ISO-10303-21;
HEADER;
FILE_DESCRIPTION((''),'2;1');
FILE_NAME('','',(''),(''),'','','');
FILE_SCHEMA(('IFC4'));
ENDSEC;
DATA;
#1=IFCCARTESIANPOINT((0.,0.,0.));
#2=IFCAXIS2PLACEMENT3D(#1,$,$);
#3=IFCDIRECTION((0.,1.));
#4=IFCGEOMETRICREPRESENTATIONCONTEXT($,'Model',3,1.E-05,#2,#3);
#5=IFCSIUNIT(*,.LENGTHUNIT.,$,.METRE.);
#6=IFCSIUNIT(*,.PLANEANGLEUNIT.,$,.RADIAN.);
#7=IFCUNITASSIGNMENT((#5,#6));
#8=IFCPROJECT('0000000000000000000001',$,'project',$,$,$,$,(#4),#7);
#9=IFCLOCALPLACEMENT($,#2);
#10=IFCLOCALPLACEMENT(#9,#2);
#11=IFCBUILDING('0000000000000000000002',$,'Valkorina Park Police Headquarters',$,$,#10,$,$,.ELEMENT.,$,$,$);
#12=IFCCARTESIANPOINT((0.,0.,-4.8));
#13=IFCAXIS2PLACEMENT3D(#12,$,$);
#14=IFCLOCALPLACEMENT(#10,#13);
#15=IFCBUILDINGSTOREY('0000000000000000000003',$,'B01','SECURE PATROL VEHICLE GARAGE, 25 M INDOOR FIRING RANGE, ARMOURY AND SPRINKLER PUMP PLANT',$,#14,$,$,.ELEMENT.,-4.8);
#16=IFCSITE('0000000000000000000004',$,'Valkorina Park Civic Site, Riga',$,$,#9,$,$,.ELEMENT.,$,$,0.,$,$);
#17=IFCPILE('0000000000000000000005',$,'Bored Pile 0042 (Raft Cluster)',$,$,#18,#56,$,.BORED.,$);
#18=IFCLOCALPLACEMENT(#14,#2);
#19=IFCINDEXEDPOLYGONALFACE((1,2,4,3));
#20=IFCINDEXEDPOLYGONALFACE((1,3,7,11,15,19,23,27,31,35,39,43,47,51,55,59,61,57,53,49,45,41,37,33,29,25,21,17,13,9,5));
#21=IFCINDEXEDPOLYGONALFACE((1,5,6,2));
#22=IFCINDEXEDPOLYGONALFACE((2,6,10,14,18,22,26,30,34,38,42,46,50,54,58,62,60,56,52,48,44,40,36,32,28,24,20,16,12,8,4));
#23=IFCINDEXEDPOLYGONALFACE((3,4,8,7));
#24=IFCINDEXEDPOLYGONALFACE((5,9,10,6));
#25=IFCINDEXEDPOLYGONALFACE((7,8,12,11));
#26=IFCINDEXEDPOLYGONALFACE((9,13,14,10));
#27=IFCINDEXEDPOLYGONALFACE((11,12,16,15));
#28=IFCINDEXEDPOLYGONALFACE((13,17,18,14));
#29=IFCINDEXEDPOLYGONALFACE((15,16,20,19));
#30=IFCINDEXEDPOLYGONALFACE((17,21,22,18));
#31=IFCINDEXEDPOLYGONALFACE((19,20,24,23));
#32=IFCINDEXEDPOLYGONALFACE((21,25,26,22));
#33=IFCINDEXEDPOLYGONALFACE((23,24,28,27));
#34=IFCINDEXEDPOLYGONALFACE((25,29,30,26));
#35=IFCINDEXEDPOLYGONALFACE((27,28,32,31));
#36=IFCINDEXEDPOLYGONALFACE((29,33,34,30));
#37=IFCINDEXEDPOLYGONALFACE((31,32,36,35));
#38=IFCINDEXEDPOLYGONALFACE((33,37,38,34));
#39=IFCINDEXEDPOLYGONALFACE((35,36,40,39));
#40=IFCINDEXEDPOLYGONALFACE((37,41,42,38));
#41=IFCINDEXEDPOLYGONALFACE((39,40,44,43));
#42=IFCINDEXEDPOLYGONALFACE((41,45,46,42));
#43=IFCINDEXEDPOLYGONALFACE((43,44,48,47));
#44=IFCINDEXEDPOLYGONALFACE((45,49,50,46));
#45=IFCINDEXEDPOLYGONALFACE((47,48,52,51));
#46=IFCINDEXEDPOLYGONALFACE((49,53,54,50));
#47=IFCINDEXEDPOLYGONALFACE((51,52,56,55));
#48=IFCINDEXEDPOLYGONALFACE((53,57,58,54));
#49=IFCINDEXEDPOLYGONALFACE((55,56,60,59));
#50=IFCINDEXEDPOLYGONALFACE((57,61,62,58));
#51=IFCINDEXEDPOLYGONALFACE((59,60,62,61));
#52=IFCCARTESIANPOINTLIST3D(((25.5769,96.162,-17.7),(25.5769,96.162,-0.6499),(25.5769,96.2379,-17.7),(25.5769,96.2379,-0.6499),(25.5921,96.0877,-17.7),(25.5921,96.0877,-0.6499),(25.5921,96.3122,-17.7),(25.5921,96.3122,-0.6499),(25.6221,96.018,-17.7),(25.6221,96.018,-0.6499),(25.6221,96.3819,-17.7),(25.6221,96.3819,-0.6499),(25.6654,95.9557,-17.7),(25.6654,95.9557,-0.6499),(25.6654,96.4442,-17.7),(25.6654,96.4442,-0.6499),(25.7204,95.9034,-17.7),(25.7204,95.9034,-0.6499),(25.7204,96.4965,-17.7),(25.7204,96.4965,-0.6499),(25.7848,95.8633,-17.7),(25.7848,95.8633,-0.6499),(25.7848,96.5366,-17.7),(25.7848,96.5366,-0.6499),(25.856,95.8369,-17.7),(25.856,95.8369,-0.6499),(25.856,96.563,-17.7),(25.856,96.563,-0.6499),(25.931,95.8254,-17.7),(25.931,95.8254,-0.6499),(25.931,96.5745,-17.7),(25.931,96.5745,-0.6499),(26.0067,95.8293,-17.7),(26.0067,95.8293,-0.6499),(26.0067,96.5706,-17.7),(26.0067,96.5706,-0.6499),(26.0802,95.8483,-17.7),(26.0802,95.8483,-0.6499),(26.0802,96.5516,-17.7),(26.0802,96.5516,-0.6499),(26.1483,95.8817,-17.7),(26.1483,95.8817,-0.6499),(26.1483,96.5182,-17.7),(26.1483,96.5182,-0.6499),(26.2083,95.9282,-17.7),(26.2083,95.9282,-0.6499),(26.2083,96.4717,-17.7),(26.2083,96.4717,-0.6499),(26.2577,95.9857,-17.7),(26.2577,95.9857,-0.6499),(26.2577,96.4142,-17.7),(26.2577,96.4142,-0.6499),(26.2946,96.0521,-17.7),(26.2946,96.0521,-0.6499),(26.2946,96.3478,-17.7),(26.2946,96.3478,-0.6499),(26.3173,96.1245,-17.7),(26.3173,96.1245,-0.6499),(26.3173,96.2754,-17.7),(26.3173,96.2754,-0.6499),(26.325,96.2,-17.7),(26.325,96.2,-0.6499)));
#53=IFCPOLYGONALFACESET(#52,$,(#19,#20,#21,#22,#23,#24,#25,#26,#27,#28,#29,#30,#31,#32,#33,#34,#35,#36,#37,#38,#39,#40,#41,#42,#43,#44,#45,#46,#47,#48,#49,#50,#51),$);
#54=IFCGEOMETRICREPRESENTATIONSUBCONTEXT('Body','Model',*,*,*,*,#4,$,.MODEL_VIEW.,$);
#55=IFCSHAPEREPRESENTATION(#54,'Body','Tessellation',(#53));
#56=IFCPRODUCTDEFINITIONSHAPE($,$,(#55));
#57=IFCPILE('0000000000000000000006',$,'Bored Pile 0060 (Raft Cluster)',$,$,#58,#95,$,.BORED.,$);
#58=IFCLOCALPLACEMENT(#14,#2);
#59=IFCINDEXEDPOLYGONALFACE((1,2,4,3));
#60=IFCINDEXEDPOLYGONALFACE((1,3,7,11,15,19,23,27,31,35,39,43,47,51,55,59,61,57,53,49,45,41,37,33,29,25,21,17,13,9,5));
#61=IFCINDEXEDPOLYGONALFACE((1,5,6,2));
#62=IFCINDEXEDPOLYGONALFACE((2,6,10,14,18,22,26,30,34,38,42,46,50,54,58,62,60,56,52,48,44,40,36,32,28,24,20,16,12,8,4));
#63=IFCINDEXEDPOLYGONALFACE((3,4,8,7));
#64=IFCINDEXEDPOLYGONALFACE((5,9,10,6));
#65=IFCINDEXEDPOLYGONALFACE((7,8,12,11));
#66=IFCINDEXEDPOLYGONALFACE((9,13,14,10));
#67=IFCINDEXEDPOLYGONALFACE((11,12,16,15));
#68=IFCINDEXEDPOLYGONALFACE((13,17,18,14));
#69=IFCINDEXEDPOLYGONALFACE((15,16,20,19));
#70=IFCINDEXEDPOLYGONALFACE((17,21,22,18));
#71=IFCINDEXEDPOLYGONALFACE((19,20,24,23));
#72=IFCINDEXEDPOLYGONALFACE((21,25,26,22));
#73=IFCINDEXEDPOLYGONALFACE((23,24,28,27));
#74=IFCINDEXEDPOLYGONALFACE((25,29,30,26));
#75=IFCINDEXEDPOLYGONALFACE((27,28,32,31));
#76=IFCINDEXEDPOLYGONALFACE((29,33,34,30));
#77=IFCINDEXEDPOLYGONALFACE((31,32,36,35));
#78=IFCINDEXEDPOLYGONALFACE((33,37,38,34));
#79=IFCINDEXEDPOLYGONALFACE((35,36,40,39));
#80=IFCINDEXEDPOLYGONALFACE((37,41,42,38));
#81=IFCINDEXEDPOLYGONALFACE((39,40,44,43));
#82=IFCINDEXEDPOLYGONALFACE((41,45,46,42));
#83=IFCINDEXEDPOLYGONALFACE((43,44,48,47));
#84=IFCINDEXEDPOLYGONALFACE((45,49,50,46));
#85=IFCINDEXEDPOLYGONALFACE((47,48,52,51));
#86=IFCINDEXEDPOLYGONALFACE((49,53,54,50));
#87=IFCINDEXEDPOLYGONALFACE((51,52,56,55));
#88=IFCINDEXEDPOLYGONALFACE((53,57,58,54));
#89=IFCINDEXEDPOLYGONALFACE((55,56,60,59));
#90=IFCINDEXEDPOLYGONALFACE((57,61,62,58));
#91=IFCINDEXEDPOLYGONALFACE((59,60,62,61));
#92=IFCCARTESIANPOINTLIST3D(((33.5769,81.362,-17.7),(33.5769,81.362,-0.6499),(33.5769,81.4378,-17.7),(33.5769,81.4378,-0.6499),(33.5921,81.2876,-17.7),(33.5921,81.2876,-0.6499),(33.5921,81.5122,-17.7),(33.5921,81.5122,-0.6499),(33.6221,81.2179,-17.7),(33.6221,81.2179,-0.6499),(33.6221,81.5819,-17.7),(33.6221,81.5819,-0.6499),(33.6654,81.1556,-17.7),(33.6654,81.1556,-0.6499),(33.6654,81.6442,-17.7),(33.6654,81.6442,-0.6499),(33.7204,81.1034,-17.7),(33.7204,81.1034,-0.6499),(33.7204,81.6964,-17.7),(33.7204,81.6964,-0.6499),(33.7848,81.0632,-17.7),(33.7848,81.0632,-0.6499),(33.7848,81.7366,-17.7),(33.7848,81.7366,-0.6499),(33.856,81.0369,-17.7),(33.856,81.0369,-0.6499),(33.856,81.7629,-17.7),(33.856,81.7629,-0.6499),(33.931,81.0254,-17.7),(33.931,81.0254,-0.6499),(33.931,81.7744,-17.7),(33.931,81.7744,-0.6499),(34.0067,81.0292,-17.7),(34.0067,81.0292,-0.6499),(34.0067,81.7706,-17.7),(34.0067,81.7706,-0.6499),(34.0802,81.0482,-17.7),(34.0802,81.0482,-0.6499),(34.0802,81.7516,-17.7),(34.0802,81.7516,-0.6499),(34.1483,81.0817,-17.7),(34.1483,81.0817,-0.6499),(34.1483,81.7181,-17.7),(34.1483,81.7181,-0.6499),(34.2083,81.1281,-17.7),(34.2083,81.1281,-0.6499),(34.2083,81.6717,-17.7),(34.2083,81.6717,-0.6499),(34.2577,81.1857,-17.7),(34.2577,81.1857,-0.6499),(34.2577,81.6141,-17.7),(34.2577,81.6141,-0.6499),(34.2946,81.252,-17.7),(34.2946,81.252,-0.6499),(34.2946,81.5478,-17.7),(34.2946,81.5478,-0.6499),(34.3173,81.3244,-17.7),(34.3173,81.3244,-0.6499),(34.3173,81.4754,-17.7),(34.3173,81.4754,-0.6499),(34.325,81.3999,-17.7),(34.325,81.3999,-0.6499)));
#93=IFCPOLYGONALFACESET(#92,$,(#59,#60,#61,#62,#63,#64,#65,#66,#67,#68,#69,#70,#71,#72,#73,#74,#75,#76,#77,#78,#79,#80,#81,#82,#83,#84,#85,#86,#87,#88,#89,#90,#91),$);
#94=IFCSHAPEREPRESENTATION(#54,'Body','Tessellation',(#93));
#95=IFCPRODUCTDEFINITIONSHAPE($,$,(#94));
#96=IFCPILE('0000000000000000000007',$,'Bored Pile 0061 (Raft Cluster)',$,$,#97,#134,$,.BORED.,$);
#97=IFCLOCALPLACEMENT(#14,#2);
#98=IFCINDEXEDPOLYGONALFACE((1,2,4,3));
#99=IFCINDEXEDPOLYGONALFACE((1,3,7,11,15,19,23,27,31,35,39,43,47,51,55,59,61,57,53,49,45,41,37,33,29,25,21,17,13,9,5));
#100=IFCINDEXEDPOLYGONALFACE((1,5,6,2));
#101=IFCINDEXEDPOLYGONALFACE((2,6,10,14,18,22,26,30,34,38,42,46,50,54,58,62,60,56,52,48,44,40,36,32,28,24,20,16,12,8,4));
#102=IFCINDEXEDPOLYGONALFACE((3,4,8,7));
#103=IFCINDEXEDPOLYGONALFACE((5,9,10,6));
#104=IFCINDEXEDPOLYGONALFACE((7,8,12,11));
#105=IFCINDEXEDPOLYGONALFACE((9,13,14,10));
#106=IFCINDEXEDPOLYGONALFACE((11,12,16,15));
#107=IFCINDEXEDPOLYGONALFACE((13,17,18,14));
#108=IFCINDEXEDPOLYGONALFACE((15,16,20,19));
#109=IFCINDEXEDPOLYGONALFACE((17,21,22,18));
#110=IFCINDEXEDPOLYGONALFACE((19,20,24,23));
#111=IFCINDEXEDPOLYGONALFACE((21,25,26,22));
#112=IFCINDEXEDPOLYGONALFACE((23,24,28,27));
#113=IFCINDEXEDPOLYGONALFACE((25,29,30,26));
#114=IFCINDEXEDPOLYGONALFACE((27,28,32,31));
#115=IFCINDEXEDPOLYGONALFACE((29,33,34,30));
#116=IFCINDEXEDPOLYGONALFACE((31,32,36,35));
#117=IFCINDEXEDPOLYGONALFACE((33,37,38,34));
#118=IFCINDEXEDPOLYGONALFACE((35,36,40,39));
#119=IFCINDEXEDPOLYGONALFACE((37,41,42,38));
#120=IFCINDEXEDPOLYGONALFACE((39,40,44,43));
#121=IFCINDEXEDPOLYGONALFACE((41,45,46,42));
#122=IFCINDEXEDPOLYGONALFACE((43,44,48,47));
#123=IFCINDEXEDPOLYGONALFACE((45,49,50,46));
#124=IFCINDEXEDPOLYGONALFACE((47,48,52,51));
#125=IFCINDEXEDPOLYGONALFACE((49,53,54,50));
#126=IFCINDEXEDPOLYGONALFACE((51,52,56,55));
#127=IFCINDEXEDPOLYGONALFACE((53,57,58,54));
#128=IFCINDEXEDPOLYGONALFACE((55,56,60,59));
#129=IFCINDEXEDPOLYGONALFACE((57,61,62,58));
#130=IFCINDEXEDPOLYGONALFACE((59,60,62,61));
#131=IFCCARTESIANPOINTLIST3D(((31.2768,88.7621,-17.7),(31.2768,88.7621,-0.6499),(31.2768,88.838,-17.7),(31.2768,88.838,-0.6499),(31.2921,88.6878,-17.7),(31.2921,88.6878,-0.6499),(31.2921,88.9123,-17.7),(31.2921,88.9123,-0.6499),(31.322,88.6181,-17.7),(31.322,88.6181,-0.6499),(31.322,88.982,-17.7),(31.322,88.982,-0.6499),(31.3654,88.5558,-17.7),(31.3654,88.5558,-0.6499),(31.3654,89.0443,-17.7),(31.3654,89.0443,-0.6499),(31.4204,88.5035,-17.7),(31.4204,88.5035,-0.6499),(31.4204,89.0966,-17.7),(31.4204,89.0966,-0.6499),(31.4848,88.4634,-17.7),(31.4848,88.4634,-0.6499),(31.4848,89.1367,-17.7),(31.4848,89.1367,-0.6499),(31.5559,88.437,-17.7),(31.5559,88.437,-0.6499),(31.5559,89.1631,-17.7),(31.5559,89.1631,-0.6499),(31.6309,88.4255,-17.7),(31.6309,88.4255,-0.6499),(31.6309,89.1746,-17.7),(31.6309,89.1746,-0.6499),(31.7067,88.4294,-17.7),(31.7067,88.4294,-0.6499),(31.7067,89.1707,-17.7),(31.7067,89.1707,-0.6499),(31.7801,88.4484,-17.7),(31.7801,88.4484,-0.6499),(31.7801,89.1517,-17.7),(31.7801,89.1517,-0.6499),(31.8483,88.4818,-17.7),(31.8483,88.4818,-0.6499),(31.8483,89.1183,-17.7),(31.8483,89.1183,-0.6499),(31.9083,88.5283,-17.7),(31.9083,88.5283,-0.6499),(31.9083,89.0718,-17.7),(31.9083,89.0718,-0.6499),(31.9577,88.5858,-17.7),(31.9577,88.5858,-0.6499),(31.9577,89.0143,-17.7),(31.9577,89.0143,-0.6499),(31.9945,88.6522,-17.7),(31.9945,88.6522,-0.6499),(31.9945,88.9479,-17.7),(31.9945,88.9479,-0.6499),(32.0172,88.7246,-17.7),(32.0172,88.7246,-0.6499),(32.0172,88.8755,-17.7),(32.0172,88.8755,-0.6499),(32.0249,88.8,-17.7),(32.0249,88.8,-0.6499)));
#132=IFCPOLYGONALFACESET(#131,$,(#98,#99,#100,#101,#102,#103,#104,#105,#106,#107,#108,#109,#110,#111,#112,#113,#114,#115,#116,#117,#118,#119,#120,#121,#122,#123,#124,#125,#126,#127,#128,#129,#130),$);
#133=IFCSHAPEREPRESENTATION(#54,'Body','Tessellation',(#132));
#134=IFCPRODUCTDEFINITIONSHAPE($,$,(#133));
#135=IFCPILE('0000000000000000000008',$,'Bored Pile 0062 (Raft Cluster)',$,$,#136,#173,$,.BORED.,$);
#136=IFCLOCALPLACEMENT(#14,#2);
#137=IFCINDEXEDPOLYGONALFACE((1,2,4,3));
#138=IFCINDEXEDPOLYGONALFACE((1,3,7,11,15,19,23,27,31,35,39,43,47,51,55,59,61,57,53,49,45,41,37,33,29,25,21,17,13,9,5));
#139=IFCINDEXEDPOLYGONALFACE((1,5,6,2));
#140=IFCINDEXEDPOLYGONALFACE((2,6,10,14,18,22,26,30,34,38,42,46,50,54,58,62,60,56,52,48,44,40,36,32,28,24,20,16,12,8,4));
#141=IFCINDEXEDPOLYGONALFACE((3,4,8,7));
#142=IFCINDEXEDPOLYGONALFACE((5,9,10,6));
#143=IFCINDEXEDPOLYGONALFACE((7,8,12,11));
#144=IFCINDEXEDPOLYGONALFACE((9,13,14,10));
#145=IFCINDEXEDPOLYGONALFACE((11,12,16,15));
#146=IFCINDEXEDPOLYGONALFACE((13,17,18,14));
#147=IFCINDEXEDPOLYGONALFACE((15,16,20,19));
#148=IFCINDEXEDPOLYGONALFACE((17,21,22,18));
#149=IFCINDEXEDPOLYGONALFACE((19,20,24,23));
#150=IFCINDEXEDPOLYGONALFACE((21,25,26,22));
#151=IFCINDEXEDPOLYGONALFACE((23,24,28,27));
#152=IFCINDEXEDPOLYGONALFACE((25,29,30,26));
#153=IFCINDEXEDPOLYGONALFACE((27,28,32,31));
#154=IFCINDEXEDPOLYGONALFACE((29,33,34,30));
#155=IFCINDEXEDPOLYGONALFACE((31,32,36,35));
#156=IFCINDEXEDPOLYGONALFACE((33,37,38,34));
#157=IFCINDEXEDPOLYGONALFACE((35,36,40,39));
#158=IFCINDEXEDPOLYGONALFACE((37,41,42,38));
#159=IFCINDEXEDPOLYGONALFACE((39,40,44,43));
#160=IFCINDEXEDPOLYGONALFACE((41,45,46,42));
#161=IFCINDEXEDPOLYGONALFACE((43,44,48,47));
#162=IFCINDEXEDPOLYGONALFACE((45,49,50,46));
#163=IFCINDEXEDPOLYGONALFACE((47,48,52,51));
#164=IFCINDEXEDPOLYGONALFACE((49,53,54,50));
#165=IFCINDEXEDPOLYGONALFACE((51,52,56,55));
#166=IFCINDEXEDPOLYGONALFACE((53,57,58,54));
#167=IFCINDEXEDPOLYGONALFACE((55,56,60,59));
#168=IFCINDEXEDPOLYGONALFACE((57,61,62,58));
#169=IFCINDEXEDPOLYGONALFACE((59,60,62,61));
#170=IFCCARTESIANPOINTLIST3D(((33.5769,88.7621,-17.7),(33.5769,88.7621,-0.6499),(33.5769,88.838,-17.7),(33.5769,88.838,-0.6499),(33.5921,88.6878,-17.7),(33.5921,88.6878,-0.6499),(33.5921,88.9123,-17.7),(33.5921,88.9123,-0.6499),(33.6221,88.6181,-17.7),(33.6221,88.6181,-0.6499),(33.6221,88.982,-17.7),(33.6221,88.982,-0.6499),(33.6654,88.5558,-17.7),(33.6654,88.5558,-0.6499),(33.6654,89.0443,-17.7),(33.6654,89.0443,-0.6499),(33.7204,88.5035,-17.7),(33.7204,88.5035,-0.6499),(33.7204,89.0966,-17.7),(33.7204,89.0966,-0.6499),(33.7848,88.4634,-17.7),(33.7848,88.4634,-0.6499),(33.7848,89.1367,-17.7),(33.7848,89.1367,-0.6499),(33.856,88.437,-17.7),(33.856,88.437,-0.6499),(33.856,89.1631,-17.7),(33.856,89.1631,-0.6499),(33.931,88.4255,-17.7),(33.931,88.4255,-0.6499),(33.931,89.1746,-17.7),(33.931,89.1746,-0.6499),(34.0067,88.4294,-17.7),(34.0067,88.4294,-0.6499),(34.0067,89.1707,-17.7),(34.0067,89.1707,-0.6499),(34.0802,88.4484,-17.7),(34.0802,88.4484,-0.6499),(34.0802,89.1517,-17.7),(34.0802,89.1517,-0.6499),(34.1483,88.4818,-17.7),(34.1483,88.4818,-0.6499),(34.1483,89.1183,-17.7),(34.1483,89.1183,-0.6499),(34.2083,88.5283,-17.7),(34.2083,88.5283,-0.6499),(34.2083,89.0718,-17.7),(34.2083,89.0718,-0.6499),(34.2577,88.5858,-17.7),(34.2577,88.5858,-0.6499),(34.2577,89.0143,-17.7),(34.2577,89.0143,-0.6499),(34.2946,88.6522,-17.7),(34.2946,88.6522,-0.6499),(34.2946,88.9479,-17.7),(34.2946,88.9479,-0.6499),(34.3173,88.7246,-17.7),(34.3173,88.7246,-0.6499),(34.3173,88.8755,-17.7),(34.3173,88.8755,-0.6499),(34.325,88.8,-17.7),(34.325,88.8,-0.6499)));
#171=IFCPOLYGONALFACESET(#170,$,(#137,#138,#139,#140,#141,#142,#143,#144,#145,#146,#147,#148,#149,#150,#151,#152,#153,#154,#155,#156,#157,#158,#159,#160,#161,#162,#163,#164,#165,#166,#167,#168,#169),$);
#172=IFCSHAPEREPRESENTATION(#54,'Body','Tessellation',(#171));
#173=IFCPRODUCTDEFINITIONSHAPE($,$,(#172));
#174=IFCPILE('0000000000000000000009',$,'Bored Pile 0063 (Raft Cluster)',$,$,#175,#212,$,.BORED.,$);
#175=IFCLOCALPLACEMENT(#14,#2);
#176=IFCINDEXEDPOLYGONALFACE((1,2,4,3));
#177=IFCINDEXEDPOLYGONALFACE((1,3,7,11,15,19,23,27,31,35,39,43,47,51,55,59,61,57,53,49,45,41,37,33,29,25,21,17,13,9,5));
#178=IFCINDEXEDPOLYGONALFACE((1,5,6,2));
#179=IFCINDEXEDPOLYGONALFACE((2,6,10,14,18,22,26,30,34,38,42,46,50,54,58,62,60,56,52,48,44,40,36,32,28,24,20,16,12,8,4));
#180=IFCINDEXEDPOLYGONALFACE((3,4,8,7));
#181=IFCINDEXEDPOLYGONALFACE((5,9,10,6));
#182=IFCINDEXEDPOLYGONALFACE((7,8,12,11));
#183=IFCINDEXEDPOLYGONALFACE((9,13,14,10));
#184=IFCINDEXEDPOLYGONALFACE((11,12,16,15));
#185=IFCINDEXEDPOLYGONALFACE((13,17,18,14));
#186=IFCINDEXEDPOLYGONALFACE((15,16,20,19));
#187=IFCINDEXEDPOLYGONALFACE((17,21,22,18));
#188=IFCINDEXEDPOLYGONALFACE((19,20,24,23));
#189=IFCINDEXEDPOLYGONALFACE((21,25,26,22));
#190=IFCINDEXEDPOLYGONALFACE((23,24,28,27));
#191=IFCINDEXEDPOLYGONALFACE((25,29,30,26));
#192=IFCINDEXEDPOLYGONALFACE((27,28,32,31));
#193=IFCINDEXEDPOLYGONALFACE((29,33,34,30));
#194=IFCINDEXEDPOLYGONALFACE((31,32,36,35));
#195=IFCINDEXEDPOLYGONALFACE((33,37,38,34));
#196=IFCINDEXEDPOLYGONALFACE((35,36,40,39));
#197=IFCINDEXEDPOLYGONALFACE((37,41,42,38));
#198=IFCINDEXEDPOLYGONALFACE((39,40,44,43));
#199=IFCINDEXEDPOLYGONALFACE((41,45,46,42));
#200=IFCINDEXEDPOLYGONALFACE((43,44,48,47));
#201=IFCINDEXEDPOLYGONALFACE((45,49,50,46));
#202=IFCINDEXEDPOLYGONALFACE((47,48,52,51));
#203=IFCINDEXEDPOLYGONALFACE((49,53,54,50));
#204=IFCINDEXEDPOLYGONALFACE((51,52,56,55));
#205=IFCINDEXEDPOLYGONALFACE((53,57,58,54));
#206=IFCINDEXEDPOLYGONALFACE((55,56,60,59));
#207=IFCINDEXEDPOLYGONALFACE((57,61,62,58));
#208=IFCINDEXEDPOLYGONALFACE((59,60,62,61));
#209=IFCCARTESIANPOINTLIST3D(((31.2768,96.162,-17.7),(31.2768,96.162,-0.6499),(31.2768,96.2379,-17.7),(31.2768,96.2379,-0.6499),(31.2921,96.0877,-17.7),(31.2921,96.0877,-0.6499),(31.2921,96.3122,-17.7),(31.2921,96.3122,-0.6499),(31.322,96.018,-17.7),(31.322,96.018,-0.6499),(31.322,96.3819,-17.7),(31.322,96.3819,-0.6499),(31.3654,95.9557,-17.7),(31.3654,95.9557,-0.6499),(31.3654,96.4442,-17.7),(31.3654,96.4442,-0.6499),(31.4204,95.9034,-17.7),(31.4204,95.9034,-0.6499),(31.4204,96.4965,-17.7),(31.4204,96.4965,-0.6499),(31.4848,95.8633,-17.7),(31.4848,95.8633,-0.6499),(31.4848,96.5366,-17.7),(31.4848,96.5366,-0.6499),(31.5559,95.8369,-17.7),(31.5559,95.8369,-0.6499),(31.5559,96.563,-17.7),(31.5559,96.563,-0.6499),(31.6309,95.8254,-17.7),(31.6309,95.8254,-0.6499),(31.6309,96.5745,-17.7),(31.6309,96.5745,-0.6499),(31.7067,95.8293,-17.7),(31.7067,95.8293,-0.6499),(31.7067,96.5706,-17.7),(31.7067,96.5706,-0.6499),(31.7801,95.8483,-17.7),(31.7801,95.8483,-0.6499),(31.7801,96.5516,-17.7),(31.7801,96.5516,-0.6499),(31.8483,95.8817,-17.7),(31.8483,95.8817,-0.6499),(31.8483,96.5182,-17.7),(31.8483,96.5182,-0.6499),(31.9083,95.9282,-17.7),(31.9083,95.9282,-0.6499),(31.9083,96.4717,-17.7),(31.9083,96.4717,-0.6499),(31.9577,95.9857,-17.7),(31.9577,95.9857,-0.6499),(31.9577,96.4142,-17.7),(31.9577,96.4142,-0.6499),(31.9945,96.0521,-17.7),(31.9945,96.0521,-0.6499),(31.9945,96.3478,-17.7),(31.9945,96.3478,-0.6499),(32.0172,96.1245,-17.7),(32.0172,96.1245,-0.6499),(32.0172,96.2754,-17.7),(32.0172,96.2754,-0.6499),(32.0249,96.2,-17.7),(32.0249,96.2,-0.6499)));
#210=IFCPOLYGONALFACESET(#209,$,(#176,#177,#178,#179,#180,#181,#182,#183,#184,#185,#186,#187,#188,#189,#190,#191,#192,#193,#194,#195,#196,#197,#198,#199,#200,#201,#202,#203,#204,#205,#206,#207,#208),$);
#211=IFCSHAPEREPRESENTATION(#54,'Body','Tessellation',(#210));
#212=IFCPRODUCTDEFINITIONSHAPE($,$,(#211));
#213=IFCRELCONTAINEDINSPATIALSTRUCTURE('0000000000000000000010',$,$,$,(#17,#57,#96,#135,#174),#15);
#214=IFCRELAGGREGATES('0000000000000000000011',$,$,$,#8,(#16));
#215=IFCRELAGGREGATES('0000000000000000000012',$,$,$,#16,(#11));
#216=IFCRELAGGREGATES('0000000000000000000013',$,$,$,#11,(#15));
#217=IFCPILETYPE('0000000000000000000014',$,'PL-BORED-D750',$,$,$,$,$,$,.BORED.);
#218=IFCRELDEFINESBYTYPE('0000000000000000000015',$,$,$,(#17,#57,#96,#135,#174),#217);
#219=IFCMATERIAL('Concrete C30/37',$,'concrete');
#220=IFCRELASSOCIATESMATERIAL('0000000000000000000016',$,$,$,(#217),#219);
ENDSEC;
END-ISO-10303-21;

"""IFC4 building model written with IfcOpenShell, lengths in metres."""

from ifc_helpers import new_model, si_unit, direction, frame, origin, origin_2d, place, context, subcontext, project, spatial, circle, extrude, material, material_profile, profile_set, type_object, element, save


model = new_model("IFC4")

# Units and contexts
model_context = context("Model", 3, precision=1e-05, world=origin(), true_north=direction((0.0, 1.0)))
body_context = subcontext(model_context, "Body", "Model", "MODEL_VIEW")
ifc_project = project(units=[si_unit("LENGTHUNIT", "METRE"), si_unit("PLANEANGLEUNIT", "RADIAN")], contexts=[model_context])

# Site, building, storey
site_placement = place(None, origin())
site = spatial("IfcSite", under=ifc_project, at=site_placement, Name="Valkorina Park Civic Site, Riga", CompositionType="ELEMENT", RefElevation=0.0)
building_placement = place(site_placement, origin())
building = spatial("IfcBuilding", under=site, at=building_placement, Name="Valkorina Park Police Headquarters", CompositionType="ELEMENT")
storey_placement = place(building_placement, frame((0.0, 0.0, -4.8)))
storey = spatial("IfcBuildingStorey", under=building, at=storey_placement, Name="B01", Description="SECURE PATROL VEHICLE GARAGE, 25 M INDOOR FIRING RANGE, ARMOURY AND SPRINKLER PUMP PLANT", CompositionType="ELEMENT", Elevation=-4.8)

# Piles
ifc_material_1 = material(Name="Concrete C30/37", Category="concrete")
ifc_material_profile_1 = material_profile(ifc_material_1, circle(Radius=0.375, at=origin_2d()), Name="BORED PILE D750")
ifc_profile_set_1 = profile_set([ifc_material_profile_1], Name="Concrete C30/37")
pile_type = type_object("IfcPileType", Name="PL-BORED-D750", PredefinedType="BORED", material=ifc_profile_set_1)
for number, where, z_axis, x_axis, name in (
    (1, (25.95, 96.2, -0.6499), (0.0, 0.0, -1.0), (1.0, 0.0, 0.0), "Bored Pile 0042 (Raft Cluster)"),
    (2, (33.95, 81.3999, -0.6499), (0.0, 0.0, -1.0), (1.0, 0.0, 0.0), "Bored Pile 0060 (Raft Cluster)"),
    (3, (31.6499, 88.8, -0.6499), (0.0, 0.0, -1.0), (1.0, 0.0, 0.0), "Bored Pile 0061 (Raft Cluster)"),
    (4, (33.95, 88.8, -0.6499), (0.0, 0.0, -1.0), (1.0, 0.0, 0.0), "Bored Pile 0062 (Raft Cluster)"),
    (5, (31.6499, 96.2, -0.6499), (0.0, 0.0, -1.0), (1.0, 0.0, 0.0), "Bored Pile 0063 (Raft Cluster)"),
):
    element("IfcPile", number, at=place(storey_placement, frame(where, z_axis=z_axis, x_axis=x_axis)), inside=storey, type_object=pile_type, Name=name, PredefinedType="BORED", context=body_context, shape_type="SweptSolid", body=[
        extrude(circle(Radius=0.375, at=origin_2d()), origin(), (0.0, 0.0, 1.0), 17.05),
    ])

save(model, "model.ifc")
